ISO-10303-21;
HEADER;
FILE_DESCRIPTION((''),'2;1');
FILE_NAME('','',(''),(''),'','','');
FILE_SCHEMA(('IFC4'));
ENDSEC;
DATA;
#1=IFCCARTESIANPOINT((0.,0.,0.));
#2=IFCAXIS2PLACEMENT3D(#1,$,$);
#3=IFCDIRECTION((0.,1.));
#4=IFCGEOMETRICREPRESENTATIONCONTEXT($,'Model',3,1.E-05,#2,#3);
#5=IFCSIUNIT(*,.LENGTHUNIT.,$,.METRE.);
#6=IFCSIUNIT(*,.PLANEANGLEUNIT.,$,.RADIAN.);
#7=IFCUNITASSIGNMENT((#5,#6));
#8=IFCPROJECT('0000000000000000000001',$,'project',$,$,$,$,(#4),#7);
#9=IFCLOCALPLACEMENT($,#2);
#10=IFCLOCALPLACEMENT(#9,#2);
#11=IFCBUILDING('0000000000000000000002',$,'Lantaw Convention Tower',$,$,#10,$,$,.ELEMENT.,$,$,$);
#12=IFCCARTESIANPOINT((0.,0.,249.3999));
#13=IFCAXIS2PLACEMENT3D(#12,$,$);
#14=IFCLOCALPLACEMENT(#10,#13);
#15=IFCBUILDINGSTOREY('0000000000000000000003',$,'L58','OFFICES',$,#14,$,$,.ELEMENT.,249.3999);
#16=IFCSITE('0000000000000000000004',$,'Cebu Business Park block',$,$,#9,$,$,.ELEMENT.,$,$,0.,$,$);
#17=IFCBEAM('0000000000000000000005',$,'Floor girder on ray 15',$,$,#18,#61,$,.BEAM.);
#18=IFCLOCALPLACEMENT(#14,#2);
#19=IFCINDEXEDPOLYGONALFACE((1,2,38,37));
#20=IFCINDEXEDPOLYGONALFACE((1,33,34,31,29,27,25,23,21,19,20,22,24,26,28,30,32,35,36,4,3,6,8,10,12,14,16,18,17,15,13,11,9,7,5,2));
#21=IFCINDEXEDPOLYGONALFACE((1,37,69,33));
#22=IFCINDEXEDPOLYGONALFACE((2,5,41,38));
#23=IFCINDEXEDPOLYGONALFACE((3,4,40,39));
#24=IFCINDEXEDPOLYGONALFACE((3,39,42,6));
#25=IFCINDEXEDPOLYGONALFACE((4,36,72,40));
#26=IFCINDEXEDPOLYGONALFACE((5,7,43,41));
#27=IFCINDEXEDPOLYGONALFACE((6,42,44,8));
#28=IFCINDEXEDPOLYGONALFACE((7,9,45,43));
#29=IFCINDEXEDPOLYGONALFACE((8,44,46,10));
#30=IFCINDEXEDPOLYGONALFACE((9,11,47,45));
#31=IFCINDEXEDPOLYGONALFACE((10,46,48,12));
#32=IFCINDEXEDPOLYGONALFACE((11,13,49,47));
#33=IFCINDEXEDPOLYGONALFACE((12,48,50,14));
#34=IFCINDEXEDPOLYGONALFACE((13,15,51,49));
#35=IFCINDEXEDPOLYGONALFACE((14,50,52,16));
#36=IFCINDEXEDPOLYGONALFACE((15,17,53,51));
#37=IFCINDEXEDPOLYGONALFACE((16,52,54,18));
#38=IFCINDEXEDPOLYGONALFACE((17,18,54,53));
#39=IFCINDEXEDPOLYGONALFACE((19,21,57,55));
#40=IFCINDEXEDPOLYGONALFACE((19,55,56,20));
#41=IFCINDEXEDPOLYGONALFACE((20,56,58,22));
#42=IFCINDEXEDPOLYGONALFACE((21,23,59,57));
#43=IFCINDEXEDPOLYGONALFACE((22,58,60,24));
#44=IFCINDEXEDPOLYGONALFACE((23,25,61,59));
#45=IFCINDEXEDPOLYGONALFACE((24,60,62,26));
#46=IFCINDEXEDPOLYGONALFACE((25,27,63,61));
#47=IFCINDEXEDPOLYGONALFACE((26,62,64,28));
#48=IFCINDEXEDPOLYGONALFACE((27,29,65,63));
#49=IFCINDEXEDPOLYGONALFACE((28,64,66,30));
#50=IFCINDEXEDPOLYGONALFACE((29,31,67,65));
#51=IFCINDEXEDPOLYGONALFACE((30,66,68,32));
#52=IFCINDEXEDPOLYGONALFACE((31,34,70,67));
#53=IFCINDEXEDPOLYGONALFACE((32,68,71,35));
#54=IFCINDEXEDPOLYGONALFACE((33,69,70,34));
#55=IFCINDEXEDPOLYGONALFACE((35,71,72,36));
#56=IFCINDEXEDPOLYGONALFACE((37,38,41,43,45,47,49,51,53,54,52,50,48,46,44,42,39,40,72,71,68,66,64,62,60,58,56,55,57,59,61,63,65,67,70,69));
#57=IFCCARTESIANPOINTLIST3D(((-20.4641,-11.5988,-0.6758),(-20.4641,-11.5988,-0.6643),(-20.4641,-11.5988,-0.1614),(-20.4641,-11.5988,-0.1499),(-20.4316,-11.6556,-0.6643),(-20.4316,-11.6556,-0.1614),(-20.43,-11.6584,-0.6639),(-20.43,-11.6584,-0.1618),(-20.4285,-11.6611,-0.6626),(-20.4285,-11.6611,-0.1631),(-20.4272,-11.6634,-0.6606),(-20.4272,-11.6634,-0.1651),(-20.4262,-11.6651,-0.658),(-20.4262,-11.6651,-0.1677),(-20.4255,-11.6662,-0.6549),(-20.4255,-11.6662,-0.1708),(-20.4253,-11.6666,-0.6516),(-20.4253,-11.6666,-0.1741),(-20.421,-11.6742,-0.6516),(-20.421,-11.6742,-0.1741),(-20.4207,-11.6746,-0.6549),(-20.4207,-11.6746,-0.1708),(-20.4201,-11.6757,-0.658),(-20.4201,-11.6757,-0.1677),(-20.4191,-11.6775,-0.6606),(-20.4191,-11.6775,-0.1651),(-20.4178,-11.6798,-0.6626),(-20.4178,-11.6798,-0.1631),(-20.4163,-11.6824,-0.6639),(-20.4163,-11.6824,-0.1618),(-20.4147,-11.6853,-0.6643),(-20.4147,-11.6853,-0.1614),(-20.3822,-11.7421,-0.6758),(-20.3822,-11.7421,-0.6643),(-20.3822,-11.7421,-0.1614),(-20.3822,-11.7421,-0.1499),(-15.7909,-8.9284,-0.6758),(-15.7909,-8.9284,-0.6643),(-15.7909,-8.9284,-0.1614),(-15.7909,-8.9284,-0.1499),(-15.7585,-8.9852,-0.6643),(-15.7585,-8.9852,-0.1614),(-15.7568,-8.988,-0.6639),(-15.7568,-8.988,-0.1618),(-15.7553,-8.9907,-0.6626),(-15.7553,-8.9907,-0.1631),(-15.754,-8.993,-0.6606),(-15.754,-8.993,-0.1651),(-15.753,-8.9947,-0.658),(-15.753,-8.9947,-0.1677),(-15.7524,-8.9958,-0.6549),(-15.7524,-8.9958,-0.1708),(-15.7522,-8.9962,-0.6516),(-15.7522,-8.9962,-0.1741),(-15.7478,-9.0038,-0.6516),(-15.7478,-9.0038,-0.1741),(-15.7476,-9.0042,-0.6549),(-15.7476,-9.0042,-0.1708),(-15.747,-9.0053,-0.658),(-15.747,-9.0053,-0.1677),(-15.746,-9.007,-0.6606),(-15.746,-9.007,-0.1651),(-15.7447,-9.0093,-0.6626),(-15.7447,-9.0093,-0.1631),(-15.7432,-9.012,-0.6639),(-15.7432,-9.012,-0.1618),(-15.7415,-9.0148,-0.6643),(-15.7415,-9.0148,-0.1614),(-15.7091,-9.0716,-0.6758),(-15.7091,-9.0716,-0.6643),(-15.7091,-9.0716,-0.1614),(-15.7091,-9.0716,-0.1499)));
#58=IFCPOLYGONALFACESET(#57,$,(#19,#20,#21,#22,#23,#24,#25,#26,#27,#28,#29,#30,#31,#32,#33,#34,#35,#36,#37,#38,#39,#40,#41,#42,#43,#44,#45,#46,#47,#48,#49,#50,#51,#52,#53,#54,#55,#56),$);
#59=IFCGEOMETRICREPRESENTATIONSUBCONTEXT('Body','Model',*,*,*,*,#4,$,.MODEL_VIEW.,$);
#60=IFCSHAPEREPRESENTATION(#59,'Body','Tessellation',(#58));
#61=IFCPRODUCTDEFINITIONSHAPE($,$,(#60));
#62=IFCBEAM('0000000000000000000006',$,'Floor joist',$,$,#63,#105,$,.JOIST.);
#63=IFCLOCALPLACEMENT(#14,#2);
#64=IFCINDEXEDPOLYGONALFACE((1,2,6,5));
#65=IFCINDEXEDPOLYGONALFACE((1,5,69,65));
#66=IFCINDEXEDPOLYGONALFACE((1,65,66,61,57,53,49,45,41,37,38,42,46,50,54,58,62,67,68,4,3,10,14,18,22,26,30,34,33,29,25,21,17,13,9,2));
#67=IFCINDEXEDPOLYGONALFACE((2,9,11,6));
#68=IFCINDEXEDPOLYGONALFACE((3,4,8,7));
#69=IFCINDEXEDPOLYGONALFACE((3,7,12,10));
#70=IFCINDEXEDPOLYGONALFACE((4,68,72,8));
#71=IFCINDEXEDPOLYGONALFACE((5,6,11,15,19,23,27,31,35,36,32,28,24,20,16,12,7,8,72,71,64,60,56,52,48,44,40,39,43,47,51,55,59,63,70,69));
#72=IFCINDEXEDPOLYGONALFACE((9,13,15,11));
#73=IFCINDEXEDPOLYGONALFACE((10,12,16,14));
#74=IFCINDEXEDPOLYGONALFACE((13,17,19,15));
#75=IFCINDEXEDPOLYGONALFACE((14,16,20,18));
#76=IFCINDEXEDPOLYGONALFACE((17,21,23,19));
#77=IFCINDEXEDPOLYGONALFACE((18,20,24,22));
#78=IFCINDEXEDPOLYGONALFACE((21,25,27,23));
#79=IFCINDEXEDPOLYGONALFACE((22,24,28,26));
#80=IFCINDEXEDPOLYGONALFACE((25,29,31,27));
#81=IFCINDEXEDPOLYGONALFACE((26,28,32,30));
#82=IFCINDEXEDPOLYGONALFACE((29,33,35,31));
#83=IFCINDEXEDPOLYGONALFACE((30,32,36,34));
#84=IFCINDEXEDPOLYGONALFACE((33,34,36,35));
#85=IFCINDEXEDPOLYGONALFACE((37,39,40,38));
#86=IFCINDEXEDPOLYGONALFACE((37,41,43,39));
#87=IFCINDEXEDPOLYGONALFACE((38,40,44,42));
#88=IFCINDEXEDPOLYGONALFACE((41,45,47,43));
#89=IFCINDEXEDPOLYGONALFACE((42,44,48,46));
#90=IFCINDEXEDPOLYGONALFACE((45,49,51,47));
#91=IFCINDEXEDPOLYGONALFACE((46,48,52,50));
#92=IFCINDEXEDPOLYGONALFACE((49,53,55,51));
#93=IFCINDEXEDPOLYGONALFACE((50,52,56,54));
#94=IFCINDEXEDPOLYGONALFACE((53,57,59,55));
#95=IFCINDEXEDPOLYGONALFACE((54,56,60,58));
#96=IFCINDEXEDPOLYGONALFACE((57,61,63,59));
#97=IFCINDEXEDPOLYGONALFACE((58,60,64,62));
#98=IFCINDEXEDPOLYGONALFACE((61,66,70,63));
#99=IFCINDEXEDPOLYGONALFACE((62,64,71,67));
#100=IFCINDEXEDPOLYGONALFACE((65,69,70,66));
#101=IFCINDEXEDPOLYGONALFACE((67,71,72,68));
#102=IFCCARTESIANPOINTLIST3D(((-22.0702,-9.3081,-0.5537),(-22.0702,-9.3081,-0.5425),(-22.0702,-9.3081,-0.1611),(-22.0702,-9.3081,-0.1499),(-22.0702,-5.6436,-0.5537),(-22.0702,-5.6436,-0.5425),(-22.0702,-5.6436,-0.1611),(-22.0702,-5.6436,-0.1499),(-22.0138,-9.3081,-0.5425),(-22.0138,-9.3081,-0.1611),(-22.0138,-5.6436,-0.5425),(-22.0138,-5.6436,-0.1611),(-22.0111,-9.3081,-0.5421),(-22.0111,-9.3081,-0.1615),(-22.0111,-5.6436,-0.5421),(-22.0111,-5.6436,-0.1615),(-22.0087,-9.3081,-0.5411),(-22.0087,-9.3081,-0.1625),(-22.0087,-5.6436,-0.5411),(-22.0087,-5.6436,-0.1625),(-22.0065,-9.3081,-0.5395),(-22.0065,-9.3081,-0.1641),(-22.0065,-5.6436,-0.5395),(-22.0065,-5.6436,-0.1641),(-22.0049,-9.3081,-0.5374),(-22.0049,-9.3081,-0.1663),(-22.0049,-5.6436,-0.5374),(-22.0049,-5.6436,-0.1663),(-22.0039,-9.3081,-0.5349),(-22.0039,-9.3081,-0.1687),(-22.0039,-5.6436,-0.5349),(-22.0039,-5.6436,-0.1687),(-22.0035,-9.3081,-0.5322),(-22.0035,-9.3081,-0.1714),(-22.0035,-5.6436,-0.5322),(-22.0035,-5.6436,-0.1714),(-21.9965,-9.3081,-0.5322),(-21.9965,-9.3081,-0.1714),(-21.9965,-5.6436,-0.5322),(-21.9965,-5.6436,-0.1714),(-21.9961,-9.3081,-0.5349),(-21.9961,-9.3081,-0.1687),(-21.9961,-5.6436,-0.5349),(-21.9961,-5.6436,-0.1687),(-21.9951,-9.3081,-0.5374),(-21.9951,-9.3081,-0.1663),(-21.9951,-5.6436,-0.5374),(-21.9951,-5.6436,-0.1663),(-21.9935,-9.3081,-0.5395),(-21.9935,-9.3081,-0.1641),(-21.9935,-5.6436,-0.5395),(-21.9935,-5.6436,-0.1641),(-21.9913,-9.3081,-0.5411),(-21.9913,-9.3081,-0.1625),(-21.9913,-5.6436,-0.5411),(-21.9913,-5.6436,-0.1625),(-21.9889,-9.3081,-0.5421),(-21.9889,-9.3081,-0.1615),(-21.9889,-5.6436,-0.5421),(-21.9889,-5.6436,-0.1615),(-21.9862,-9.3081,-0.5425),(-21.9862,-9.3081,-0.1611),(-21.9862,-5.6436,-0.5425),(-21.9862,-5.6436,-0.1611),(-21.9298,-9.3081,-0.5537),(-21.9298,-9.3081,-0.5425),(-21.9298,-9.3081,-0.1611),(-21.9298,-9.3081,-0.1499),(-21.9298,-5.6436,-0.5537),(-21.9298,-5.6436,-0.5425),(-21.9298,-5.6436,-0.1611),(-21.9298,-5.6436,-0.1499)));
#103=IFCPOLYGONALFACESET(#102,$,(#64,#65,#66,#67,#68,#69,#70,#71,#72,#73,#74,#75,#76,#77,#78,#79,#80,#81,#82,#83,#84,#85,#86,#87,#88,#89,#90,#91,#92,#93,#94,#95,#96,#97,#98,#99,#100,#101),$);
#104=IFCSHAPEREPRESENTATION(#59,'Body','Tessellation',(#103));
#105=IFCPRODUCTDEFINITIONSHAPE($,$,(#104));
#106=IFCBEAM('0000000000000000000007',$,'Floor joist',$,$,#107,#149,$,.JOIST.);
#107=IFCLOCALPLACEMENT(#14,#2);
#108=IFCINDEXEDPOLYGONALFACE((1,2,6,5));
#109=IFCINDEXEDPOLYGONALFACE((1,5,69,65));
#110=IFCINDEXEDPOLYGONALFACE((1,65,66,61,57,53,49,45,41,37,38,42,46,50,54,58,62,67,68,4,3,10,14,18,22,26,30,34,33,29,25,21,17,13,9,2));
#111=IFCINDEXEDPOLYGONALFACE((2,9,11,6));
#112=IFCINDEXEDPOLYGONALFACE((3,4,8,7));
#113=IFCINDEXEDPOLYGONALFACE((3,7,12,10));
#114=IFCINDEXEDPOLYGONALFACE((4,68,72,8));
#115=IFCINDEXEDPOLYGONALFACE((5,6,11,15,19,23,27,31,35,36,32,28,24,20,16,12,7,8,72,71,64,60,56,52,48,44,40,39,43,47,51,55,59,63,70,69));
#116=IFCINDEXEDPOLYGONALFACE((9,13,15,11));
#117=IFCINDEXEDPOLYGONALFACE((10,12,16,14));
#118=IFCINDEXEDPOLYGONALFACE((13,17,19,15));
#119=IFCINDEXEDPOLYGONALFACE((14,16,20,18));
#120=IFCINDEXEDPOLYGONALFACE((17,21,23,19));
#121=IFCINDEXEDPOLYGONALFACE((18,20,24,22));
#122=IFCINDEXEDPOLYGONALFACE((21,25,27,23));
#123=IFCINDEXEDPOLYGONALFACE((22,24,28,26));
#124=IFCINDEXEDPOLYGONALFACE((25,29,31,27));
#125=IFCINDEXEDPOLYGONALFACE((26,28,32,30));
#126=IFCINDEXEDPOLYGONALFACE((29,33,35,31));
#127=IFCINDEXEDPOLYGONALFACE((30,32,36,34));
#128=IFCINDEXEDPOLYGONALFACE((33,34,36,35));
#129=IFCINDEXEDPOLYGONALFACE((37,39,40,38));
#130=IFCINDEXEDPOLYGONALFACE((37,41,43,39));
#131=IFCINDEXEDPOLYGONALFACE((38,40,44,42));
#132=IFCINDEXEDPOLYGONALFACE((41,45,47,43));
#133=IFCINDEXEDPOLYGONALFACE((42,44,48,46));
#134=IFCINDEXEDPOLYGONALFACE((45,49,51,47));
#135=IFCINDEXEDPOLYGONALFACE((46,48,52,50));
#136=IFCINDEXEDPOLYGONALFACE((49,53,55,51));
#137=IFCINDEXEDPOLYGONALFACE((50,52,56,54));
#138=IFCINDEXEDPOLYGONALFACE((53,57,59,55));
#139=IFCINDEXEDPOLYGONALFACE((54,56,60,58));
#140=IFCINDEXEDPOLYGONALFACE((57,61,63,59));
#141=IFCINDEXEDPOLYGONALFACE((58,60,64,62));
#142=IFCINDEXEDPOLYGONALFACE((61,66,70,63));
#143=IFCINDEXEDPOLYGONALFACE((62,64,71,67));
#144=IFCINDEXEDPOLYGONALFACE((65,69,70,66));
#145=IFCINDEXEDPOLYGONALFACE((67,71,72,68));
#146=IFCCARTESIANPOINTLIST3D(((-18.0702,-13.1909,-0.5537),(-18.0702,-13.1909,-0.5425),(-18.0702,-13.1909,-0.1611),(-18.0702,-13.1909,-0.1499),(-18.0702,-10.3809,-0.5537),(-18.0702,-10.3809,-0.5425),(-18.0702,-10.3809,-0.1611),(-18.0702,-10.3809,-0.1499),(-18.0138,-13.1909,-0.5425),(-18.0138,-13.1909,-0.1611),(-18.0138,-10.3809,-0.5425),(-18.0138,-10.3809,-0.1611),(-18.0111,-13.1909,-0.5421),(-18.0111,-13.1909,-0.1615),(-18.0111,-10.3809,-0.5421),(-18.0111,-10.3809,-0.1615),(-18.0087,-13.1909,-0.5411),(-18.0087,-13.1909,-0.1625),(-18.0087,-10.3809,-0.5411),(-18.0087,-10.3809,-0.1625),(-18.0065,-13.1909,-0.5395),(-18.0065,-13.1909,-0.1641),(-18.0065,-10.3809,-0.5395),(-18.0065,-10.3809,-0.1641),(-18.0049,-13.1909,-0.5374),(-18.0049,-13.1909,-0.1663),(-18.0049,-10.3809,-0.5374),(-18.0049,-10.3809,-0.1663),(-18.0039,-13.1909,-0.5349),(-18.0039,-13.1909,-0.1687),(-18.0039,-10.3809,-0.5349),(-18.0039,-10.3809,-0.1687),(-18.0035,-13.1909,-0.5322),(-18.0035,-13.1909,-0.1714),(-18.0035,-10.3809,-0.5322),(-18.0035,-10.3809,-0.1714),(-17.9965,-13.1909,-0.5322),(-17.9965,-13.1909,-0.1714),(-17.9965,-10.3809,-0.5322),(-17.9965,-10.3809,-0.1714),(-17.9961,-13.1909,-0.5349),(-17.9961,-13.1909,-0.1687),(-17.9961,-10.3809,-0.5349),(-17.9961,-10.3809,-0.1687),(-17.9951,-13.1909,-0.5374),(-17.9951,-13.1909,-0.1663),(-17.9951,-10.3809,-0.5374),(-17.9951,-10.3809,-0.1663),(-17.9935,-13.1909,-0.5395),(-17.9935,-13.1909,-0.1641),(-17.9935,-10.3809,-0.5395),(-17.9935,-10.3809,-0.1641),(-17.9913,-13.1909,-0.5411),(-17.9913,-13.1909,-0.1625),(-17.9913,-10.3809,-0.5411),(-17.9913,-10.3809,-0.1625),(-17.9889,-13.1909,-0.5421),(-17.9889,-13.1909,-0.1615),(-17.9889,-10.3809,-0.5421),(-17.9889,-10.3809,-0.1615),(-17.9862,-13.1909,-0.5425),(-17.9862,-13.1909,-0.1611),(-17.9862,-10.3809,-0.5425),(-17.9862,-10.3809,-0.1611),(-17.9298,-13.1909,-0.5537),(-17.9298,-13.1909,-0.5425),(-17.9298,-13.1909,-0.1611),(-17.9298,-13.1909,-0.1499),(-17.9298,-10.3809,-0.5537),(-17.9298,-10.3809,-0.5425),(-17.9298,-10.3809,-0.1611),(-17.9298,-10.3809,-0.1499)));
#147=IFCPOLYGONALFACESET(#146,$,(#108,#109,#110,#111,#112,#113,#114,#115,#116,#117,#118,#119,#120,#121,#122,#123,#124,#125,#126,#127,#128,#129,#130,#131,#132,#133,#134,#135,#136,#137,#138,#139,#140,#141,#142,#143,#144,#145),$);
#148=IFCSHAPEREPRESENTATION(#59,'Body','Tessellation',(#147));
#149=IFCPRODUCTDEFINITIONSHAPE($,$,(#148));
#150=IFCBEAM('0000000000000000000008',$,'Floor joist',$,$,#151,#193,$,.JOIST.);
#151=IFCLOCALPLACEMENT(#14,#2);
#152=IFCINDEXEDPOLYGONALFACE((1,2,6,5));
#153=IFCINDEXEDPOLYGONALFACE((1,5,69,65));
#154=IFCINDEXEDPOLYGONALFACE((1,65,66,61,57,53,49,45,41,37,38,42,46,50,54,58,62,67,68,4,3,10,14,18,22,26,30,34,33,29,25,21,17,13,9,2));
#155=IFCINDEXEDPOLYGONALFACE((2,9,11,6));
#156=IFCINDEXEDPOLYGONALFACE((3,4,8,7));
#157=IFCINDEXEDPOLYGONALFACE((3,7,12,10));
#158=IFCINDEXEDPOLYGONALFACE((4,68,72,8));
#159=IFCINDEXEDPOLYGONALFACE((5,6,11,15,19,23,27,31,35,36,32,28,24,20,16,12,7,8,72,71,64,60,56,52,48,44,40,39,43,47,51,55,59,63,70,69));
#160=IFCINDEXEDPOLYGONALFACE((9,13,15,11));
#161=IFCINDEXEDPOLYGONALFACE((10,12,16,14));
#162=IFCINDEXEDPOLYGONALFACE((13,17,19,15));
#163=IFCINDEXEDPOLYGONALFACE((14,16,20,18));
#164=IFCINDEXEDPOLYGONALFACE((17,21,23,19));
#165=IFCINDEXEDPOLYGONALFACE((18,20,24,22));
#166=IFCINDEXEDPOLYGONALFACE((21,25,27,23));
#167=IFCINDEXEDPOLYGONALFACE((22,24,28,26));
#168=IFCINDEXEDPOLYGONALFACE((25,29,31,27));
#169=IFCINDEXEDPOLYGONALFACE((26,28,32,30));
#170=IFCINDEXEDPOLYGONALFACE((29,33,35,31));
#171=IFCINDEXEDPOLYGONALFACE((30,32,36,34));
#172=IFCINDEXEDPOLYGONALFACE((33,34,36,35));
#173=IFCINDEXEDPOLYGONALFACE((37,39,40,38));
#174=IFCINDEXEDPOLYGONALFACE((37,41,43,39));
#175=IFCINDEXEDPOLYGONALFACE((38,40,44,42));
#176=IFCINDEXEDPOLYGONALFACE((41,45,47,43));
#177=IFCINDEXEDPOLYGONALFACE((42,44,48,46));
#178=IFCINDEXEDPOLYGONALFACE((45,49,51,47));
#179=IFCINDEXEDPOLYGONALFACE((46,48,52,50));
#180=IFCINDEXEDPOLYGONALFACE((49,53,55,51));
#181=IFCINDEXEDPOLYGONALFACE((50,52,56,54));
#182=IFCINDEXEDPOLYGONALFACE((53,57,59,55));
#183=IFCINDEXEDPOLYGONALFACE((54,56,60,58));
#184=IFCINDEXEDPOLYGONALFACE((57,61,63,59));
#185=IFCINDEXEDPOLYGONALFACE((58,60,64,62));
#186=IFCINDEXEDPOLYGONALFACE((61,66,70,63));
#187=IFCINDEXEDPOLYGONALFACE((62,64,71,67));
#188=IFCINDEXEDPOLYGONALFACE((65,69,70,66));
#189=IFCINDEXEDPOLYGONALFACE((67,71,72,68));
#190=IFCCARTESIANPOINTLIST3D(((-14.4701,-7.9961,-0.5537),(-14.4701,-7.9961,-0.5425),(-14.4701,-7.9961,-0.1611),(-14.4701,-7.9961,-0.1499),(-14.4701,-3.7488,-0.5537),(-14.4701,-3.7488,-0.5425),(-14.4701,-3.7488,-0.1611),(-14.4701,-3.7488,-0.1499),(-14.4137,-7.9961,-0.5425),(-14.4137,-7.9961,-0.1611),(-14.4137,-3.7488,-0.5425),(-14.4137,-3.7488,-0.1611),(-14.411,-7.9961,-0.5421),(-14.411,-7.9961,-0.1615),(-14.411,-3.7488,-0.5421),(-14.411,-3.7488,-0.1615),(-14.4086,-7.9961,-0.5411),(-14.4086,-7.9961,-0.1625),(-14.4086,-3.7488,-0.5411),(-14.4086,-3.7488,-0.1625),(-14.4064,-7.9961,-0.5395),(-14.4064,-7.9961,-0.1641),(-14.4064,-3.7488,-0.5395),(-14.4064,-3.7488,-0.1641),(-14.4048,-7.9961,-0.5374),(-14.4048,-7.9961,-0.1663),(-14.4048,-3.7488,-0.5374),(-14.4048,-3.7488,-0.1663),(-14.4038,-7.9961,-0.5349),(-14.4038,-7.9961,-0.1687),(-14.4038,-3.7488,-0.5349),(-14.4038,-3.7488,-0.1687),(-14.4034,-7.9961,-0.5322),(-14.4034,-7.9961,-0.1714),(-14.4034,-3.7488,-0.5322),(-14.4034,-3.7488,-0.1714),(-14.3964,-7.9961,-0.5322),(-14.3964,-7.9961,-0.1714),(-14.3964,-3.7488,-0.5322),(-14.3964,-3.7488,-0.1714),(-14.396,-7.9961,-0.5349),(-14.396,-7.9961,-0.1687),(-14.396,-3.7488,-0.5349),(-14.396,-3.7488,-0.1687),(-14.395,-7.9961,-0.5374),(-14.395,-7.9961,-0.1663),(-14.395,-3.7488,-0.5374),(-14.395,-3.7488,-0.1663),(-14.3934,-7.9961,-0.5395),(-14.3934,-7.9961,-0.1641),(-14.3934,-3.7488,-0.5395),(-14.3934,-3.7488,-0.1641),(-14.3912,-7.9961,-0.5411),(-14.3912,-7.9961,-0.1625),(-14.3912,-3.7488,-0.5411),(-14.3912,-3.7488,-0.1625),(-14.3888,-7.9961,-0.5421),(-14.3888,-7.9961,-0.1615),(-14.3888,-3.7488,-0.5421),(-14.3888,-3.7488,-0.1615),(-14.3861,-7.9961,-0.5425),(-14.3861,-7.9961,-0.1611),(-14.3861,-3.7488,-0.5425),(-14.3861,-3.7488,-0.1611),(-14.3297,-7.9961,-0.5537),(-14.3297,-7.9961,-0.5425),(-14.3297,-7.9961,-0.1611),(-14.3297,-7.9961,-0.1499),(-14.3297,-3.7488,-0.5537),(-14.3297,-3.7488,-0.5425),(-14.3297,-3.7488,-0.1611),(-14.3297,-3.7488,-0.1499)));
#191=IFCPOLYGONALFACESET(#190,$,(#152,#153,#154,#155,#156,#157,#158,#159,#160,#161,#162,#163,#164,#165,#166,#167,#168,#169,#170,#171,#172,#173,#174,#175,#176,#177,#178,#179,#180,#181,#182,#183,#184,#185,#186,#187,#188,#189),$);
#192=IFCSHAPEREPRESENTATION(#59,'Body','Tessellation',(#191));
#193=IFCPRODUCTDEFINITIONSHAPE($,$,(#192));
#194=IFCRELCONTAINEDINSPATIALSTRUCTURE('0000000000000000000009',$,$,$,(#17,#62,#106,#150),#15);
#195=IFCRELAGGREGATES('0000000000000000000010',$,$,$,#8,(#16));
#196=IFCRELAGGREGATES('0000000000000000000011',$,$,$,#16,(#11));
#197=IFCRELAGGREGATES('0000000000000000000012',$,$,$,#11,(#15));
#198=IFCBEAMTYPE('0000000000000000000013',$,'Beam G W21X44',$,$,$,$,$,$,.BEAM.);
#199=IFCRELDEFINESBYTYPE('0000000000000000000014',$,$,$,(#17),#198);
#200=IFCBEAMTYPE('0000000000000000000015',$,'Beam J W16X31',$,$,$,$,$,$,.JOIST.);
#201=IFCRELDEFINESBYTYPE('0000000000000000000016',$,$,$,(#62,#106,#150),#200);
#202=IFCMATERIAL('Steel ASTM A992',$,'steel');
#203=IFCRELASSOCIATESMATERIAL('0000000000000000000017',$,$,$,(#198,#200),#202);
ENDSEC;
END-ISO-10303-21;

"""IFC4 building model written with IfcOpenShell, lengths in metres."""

from ifc_helpers import new_model, si_unit, direction, frame, origin, origin_2d, place, context, subcontext, project, spatial, i_section, extrude, material, material_profile, profile_set, type_object, element, save


model = new_model("IFC4")

# Units and contexts
model_context = context("Model", 3, precision=1e-05, world=origin(), true_north=direction((0.0, 1.0)))
body_context = subcontext(model_context, "Body", "Model", "MODEL_VIEW")
ifc_project = project(units=[si_unit("LENGTHUNIT", "METRE"), si_unit("PLANEANGLEUNIT", "RADIAN")], contexts=[model_context])

# Site, building, storey
site_placement = place(None, origin())
site = spatial("IfcSite", under=ifc_project, at=site_placement, Name="Cebu Business Park block", CompositionType="ELEMENT", RefElevation=0.0)
building_placement = place(site_placement, origin())
building = spatial("IfcBuilding", under=site, at=building_placement, Name="Lantaw Convention Tower", CompositionType="ELEMENT")
storey_placement = place(building_placement, frame((0.0, 0.0, 249.3999)))
storey = spatial("IfcBuildingStorey", under=building, at=storey_placement, Name="L58", Description="OFFICES", CompositionType="ELEMENT", Elevation=249.3999)

# Beams
ifc_material_1 = material(Name="Steel ASTM A992", Category="steel")
ifc_material_profile_1 = material_profile(ifc_material_1, i_section(OverallWidth=0.165, OverallDepth=0.5259, WebThickness=0.0088, FlangeThickness=0.0115, FilletRadius=0.0127, at=origin_2d()), Name="W21X44")
ifc_profile_set_1 = profile_set([ifc_material_profile_1], Name="Steel ASTM A992")
beam_type_1 = type_object("IfcBeamType", Name="Beam G W21X44", PredefinedType="BEAM", material=ifc_profile_set_1)
beam_1_placement = place(storey_placement, frame((-15.75, -9.0, -0.4128), z_axis=(-0.868238, -0.496149, 0.0), x_axis=(0.496149, -0.868238, 0.0)))
element("IfcBeam", 1, at=beam_1_placement, inside=storey, type_object=beam_type_1, Name="Floor girder on ray 15", PredefinedType="BEAM", context=body_context, shape_type="SweptSolid", body=[
    extrude(i_section(OverallWidth=0.165, OverallDepth=0.5259, WebThickness=0.0088, FlangeThickness=0.0115, FilletRadius=0.0127, at=origin_2d()), origin(), (0.0, 0.0, 1.0), 5.3823),
])
ifc_material_profile_2 = material_profile(ifc_material_1, i_section(OverallWidth=0.1404, OverallDepth=0.4038, WebThickness=0.0071, FlangeThickness=0.0112, FilletRadius=0.0103, at=origin_2d()), Name="W16X31")
ifc_profile_set_2 = profile_set([ifc_material_profile_2], Name="Steel ASTM A992")
beam_type_2 = type_object("IfcBeamType", Name="Beam J W16X31", PredefinedType="JOIST", material=ifc_profile_set_2)
beam_2_placement = place(storey_placement, frame((-22.0, -9.3081, -0.3518), z_axis=(0.0, 1.0, 0.0), x_axis=(-1.0, 0.0, 0.0)))
element("IfcBeam", 2, at=beam_2_placement, inside=storey, type_object=beam_type_2, Name="Floor joist", PredefinedType="JOIST", context=body_context, shape_type="SweptSolid", body=[
    extrude(i_section(OverallWidth=0.1404, OverallDepth=0.4038, WebThickness=0.0071, FlangeThickness=0.0112, FilletRadius=0.0103, at=origin_2d()), origin(), (0.0, 0.0, 1.0), 3.6646),
])
beam_3_placement = place(storey_placement, frame((-18.0, -13.1909, -0.3518), z_axis=(0.0, 1.0, 0.0), x_axis=(-1.0, 0.0, 0.0)))
element("IfcBeam", 3, at=beam_3_placement, inside=storey, type_object=beam_type_2, Name="Floor joist", PredefinedType="JOIST", context=body_context, shape_type="SweptSolid", body=[
    extrude(i_section(OverallWidth=0.1404, OverallDepth=0.4038, WebThickness=0.0071, FlangeThickness=0.0112, FilletRadius=0.0103, at=origin_2d()), origin(), (0.0, 0.0, 1.0), 2.8101),
])
beam_4_placement = place(storey_placement, frame((-14.3999, -7.9961, -0.3518), z_axis=(0.0, 1.0, 0.0), x_axis=(-1.0, 0.0, 0.0)))
element("IfcBeam", 4, at=beam_4_placement, inside=storey, type_object=beam_type_2, Name="Floor joist", PredefinedType="JOIST", context=body_context, shape_type="SweptSolid", body=[
    extrude(i_section(OverallWidth=0.1404, OverallDepth=0.4038, WebThickness=0.0071, FlangeThickness=0.0112, FilletRadius=0.0103, at=origin_2d()), origin(), (0.0, 0.0, 1.0), 4.2473),
])

save(model, "model.ifc")
